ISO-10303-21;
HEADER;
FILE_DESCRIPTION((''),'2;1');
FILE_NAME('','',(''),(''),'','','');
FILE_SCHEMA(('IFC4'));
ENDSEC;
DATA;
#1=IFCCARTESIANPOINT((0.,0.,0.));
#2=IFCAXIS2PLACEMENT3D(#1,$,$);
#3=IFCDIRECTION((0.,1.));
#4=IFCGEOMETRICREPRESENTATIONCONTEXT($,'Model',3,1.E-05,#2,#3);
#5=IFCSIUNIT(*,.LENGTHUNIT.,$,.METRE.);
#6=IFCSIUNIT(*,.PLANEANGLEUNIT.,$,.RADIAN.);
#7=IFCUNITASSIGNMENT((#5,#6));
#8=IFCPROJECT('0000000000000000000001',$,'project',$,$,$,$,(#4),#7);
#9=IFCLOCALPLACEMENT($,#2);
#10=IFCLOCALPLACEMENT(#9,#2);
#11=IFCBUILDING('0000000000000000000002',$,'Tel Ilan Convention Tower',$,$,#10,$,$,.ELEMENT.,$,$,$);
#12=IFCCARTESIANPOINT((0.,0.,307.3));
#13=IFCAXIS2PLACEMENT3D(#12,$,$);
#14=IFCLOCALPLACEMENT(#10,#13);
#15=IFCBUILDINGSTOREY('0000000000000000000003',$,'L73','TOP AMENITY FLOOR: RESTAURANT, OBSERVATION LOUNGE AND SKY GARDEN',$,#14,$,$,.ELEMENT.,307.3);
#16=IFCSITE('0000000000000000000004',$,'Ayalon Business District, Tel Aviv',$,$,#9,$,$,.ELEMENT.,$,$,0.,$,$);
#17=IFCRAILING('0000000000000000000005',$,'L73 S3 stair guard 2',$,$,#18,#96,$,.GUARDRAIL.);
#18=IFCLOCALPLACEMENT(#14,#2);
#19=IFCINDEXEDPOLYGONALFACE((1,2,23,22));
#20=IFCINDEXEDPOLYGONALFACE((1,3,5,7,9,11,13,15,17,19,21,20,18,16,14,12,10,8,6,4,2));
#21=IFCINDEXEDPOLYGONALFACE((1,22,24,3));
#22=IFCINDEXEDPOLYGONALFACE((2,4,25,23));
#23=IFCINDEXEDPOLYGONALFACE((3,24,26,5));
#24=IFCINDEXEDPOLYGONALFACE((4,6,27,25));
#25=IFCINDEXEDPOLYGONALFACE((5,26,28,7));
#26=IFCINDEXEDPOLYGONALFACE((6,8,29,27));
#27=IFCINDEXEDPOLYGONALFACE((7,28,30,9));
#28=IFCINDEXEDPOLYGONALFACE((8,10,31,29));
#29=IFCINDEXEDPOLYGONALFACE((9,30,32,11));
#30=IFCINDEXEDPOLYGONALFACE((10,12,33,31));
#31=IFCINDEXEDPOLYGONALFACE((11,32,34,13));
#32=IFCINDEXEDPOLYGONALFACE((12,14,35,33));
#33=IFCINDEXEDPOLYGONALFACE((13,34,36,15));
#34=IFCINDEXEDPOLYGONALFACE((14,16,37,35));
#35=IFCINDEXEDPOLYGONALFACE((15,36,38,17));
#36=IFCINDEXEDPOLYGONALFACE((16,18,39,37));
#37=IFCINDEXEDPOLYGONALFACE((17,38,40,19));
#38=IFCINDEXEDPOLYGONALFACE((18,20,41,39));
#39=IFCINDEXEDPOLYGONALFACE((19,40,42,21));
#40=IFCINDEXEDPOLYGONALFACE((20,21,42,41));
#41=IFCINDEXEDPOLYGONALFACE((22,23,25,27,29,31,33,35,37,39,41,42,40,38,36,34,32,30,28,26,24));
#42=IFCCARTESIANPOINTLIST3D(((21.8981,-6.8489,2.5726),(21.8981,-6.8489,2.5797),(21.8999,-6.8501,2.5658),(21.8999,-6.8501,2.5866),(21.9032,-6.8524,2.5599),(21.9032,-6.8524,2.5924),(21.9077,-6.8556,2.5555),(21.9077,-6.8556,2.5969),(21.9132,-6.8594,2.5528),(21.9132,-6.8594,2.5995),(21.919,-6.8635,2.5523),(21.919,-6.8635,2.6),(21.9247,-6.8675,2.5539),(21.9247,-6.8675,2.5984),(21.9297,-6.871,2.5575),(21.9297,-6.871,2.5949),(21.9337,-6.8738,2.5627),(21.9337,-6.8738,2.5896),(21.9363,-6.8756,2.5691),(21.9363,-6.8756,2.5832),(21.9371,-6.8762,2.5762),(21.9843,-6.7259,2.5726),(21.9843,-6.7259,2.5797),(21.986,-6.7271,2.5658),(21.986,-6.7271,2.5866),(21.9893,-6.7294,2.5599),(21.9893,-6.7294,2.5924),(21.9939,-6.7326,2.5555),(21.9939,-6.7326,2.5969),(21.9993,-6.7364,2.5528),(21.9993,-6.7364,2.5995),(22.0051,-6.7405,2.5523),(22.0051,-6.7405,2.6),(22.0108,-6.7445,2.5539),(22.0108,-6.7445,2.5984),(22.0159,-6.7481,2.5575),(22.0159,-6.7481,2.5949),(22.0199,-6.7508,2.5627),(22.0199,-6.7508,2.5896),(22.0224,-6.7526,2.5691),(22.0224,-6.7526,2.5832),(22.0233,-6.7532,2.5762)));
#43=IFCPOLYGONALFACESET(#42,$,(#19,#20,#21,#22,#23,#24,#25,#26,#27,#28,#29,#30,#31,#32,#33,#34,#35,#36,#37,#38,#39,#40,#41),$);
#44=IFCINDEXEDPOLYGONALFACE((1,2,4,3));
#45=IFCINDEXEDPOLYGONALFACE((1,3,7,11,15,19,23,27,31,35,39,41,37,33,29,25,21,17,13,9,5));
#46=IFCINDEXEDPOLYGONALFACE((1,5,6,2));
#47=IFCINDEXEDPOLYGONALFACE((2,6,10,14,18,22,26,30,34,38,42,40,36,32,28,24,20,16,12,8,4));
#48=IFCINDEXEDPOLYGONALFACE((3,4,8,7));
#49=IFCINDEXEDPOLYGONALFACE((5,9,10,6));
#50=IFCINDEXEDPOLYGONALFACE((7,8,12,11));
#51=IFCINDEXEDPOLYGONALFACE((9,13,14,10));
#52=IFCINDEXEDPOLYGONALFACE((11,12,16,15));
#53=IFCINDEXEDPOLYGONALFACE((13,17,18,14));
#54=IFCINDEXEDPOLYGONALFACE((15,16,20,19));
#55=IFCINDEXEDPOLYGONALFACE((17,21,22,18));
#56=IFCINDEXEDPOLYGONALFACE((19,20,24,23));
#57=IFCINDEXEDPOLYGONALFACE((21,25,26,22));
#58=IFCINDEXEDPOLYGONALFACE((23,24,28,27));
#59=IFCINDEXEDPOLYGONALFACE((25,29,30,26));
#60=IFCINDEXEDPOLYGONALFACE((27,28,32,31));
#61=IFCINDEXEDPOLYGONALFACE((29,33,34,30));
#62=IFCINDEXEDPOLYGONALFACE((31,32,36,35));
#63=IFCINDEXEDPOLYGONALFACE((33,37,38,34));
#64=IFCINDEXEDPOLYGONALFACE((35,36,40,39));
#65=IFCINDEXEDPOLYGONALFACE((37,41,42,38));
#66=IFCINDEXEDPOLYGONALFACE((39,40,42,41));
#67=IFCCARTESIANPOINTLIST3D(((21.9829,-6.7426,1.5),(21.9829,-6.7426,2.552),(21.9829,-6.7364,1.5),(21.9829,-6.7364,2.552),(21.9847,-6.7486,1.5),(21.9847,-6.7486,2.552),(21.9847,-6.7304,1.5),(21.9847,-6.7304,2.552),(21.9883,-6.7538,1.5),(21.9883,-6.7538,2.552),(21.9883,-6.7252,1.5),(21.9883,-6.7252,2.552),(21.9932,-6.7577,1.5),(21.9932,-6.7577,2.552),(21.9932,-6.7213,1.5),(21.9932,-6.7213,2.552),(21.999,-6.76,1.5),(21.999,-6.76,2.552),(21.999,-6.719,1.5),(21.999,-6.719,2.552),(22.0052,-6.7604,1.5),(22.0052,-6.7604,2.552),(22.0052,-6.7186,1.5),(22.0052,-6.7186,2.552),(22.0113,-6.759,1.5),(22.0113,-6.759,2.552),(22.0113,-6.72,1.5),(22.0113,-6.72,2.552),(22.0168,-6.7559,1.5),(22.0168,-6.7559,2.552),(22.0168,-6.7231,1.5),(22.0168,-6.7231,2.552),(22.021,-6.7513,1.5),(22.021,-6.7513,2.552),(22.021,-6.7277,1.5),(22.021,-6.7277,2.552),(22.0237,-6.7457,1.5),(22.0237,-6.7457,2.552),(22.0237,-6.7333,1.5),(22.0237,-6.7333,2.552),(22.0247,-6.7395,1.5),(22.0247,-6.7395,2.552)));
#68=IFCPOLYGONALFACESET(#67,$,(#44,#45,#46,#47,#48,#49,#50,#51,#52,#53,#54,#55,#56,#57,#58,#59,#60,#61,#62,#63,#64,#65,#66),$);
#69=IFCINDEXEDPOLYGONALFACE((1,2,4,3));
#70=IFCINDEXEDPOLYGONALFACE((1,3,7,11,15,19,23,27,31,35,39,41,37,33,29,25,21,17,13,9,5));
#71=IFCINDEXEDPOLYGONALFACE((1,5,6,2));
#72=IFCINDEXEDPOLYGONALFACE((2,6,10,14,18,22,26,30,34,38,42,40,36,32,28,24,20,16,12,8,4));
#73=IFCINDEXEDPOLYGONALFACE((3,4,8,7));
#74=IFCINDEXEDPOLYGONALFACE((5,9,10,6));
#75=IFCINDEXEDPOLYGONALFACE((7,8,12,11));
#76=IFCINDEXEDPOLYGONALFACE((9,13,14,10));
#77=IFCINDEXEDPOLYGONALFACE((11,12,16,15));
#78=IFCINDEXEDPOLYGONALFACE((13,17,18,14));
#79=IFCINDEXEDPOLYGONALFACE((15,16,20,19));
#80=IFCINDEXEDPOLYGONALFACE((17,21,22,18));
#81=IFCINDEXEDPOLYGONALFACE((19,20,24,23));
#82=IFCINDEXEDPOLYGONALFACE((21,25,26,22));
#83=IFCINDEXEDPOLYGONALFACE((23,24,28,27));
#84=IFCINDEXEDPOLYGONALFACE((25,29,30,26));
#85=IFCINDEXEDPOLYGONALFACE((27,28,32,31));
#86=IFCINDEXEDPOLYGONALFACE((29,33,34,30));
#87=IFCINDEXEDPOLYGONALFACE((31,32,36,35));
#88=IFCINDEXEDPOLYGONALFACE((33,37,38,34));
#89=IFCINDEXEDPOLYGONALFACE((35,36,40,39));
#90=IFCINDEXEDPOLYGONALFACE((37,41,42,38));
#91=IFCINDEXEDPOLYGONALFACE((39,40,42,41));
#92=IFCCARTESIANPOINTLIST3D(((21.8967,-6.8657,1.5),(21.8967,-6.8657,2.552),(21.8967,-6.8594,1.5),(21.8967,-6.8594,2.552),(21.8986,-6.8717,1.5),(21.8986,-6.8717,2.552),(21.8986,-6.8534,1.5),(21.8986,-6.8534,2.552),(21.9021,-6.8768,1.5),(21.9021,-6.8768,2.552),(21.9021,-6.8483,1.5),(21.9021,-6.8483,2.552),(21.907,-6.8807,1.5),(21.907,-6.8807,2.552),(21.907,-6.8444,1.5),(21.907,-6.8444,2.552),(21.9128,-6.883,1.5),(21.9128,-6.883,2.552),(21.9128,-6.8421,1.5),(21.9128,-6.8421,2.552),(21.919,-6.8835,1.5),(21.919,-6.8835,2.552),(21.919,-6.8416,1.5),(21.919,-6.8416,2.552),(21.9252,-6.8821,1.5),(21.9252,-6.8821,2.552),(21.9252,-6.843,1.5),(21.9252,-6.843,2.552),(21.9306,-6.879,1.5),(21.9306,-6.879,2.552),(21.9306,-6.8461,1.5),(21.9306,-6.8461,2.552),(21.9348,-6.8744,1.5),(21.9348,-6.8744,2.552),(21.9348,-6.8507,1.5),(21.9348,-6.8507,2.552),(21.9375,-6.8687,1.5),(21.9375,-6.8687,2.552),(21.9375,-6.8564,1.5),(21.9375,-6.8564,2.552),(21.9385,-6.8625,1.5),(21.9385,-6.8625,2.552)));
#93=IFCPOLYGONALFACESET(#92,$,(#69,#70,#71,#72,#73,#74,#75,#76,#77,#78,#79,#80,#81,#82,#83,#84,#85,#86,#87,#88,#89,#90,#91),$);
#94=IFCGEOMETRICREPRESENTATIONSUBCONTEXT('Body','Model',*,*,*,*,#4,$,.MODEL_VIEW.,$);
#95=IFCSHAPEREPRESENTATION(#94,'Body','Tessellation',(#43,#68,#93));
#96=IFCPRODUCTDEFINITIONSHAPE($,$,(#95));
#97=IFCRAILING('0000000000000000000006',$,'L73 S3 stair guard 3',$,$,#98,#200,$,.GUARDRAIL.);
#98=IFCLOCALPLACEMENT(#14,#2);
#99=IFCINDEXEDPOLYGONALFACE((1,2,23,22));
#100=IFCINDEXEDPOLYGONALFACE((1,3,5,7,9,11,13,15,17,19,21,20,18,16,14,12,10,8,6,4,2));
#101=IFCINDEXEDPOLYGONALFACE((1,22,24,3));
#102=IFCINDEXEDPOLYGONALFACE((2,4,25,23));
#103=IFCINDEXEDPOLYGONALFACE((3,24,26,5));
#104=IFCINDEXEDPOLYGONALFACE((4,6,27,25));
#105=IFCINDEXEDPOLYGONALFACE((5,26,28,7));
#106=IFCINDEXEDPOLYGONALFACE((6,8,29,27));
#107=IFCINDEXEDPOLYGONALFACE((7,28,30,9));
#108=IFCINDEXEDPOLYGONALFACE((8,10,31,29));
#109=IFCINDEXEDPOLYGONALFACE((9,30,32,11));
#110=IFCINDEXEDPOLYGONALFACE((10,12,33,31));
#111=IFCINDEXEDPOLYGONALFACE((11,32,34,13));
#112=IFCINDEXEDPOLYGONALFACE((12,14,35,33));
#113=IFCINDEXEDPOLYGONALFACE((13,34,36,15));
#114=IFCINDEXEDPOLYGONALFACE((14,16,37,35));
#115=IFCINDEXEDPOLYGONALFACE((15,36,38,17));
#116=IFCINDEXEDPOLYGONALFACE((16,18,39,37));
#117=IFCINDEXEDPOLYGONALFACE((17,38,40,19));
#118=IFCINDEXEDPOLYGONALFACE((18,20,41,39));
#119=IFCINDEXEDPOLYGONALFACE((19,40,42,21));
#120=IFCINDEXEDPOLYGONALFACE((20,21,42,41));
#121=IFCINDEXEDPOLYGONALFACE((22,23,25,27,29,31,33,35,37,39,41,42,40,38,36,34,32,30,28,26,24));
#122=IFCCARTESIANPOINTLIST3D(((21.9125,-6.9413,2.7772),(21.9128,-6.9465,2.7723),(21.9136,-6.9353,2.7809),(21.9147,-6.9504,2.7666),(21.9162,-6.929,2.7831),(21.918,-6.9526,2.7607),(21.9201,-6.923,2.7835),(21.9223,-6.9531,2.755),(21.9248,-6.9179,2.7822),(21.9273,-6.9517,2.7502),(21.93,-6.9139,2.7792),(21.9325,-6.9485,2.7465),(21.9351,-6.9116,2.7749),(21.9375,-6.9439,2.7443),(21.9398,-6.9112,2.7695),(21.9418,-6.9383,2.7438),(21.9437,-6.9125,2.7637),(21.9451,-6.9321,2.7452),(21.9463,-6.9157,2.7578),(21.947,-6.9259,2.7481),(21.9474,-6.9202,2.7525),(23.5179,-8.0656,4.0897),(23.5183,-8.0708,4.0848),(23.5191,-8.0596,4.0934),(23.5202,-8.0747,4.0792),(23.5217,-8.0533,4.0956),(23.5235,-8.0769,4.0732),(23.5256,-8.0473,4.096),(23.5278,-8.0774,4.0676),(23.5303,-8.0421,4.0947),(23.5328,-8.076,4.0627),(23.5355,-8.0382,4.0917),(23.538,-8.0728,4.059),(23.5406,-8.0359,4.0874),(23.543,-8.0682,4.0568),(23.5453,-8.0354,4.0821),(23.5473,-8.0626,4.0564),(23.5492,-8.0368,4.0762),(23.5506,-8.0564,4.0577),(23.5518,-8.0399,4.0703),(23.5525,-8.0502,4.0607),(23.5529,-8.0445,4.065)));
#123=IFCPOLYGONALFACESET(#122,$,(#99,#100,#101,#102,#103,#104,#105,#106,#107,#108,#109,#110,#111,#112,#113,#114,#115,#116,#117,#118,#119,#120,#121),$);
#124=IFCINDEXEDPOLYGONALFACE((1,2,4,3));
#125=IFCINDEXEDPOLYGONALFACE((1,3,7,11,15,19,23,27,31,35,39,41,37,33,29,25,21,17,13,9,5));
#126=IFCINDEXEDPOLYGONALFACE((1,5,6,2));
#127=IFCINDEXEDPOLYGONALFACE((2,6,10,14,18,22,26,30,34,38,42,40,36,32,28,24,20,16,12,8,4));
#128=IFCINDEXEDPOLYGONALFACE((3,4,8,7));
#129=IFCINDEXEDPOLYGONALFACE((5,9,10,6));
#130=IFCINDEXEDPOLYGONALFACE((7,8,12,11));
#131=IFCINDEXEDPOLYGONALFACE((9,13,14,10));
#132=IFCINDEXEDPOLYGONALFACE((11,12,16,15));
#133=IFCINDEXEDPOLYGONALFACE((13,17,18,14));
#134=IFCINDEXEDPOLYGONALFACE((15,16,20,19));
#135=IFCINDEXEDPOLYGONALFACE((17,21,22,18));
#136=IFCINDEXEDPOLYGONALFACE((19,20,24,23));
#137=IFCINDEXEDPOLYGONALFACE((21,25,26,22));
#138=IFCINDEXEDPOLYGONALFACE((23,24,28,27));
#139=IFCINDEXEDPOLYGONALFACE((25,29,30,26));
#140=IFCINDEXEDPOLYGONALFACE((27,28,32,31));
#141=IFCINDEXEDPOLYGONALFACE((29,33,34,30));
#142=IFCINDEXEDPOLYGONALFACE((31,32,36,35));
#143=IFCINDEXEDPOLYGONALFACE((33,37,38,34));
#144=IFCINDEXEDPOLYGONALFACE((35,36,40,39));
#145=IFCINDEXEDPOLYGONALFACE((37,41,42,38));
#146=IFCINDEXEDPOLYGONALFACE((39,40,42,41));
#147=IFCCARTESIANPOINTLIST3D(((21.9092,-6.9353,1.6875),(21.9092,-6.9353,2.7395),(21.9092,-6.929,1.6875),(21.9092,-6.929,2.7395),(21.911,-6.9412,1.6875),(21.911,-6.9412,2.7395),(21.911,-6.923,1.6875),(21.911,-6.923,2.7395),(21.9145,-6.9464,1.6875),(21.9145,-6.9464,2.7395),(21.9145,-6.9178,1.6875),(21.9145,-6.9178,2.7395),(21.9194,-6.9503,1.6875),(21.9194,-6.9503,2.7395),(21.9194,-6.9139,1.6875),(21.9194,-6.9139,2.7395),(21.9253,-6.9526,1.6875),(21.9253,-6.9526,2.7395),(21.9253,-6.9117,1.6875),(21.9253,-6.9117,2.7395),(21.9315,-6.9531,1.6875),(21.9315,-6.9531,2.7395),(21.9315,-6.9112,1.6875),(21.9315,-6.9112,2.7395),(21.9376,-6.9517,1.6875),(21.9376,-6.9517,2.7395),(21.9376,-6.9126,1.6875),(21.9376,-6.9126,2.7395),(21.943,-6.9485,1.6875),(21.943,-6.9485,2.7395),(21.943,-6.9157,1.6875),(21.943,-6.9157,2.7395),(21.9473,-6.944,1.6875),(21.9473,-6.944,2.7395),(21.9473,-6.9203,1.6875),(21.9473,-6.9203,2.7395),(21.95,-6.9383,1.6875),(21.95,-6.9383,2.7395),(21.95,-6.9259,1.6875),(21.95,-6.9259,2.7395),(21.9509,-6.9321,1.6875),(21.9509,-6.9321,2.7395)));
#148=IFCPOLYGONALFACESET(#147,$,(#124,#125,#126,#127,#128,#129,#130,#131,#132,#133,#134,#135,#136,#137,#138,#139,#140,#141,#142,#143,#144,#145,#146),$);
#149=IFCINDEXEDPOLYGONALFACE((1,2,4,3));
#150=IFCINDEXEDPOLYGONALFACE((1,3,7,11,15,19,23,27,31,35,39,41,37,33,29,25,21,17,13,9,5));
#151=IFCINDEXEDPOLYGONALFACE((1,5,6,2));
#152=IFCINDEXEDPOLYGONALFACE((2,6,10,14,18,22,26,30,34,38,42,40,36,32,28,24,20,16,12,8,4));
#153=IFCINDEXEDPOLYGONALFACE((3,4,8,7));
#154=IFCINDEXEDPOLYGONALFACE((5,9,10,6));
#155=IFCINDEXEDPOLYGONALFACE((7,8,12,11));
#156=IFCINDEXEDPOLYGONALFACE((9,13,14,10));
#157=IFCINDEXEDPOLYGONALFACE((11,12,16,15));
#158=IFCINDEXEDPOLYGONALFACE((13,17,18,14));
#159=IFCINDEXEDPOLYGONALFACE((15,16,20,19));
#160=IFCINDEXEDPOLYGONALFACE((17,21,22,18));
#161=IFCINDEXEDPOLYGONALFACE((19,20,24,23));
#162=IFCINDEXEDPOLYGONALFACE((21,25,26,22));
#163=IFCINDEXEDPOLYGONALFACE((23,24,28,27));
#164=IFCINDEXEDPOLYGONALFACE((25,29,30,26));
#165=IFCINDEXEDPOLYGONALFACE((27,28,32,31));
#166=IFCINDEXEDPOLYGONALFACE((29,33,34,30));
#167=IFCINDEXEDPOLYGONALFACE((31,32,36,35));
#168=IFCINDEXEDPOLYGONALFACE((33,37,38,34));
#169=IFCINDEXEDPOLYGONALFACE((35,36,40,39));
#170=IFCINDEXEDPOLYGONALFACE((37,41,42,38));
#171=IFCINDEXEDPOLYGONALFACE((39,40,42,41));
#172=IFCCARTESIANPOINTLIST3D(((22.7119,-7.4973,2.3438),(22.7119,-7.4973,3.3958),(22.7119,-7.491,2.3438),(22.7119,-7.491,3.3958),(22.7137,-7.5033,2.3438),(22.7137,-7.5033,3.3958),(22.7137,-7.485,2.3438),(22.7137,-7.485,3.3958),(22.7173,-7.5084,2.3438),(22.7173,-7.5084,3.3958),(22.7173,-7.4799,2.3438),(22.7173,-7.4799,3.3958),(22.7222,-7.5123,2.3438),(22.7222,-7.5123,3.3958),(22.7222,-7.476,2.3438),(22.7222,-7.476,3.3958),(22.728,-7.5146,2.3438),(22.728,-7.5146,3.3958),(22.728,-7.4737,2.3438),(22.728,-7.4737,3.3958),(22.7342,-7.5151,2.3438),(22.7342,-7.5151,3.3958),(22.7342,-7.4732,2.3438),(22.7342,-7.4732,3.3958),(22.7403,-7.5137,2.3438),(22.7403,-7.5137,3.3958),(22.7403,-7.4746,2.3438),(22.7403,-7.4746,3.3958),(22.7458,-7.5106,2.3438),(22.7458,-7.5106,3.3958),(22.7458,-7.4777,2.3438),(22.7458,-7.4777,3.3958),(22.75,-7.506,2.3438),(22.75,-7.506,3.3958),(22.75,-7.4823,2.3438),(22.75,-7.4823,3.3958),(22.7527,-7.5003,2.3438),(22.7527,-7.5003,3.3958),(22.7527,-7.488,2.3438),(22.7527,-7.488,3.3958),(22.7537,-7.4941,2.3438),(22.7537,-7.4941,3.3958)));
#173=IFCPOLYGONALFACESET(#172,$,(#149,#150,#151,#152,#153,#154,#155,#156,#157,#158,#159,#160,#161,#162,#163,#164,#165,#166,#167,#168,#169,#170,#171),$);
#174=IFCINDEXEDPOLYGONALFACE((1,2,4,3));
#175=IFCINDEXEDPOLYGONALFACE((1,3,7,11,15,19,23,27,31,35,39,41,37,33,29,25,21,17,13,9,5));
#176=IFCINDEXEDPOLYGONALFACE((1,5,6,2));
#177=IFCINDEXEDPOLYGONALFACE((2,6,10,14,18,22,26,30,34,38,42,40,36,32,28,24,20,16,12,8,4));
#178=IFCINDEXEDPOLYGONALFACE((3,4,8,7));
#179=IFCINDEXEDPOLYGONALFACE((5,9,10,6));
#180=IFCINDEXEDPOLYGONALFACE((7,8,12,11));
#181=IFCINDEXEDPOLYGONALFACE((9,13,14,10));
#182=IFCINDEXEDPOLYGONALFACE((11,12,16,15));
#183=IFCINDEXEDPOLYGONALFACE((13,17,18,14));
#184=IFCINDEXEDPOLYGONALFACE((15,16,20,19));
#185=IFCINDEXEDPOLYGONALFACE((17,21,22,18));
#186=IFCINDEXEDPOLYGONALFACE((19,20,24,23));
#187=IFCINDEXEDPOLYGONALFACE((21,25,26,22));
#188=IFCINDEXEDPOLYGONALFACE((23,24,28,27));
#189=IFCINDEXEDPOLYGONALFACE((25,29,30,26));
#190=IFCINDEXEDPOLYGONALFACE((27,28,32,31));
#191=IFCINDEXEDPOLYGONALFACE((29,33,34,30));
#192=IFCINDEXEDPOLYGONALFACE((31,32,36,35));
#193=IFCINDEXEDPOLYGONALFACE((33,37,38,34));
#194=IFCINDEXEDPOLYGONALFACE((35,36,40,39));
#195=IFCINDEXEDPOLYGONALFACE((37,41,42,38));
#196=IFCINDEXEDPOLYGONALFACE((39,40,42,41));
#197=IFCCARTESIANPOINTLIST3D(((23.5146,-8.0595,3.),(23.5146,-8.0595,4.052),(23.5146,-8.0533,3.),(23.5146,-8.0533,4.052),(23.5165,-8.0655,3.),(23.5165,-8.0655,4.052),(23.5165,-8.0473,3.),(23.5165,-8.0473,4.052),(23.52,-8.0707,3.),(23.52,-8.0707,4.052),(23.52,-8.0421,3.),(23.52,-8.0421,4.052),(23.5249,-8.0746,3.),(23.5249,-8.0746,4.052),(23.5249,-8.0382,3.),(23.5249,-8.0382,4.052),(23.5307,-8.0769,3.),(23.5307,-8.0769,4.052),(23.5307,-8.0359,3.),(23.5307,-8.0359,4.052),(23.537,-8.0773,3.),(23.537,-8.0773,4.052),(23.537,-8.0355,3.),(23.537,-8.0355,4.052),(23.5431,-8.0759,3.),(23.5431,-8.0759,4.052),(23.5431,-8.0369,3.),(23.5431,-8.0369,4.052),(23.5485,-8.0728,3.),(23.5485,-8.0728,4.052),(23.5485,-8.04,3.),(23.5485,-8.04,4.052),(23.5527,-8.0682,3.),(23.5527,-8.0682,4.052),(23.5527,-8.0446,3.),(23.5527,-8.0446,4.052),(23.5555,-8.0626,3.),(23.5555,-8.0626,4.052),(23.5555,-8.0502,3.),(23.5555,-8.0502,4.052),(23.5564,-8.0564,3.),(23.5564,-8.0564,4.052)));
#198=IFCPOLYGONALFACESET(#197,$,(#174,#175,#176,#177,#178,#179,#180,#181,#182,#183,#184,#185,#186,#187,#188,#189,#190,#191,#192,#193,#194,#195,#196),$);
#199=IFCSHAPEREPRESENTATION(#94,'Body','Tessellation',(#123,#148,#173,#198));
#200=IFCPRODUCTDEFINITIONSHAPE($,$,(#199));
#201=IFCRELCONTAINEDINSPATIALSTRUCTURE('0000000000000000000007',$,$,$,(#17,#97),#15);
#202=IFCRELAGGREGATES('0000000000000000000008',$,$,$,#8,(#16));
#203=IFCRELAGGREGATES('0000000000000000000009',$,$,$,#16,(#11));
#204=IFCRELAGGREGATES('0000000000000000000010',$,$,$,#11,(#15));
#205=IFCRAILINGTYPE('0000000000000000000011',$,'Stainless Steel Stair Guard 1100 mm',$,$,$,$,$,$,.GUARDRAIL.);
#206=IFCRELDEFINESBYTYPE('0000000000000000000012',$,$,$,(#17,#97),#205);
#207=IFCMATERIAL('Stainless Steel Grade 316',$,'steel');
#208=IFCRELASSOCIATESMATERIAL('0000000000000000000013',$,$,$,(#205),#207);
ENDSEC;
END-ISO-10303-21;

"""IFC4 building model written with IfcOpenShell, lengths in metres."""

from ifc_helpers import new_model, si_unit, direction, frame, origin, origin_2d, place, context, subcontext, project, spatial, circle, extrude, material, type_object, element, save


model = new_model("IFC4")

# Units and contexts
model_context = context("Model", 3, precision=1e-05, world=origin(), true_north=direction((0.0, 1.0)))
body_context = subcontext(model_context, "Body", "Model", "MODEL_VIEW")
ifc_project = project(units=[si_unit("LENGTHUNIT", "METRE"), si_unit("PLANEANGLEUNIT", "RADIAN")], contexts=[model_context])

# Site, building, storey
site_placement = place(None, origin())
site = spatial("IfcSite", under=ifc_project, at=site_placement, Name="Ayalon Business District, Tel Aviv", CompositionType="ELEMENT", RefElevation=0.0)
building_placement = place(site_placement, origin())
building = spatial("IfcBuilding", under=site, at=building_placement, Name="Tel Ilan Convention Tower", CompositionType="ELEMENT")
storey_placement = place(building_placement, frame((0.0, 0.0, 307.3)))
storey = spatial("IfcBuildingStorey", under=building, at=storey_placement, Name="L73", Description="TOP AMENITY FLOOR: RESTAURANT, OBSERVATION LOUNGE AND SKY GARDEN", CompositionType="ELEMENT", Elevation=307.3)

# Railings
ifc_material_1 = material(Name="Stainless Steel Grade 316", Category="steel")
railing_type_1 = type_object("IfcRailingType", Name="Stainless Steel Stair Guard 1100 mm", PredefinedType="GUARDRAIL", material=ifc_material_1)
railing_1_placement = place(storey_placement, frame((22.0037, -6.7395, 1.5)))
element("IfcRailing", 1, at=railing_1_placement, inside=storey, type_object=railing_type_1, Name="L73 S3 stair guard 2", PredefinedType="GUARDRAIL", context=body_context, shape_type="SweptSolid", body=[
    extrude(circle(Radius=0.0239, at=origin_2d()), frame((0.0, 0.0, 1.0762), z_axis=(-0.57368, -0.819079, 0.0), x_axis=(0.819079, -0.57368, 0.0)), (0.0, 0.0, 1.0), 0.1501),
    extrude(circle(Radius=0.021, at=origin_2d()), origin(), (0.0, 0.0, 1.0), 1.052),
    extrude(circle(Radius=0.021, at=origin_2d()), frame((-0.0862, -0.123, 0.0)), (0.0, 0.0, 1.0), 1.052),
])
railing_2_placement = place(storey_placement, frame((21.9299, -6.9321, 1.6875)))
element("IfcRailing", 2, at=railing_2_placement, inside=storey, type_object=railing_type_1, Name="L73 S3 stair guard 3", PredefinedType="GUARDRAIL", context=body_context, shape_type="SweptSolid", body=[
    extrude(circle(Radius=0.0239, at=origin_2d()), frame((0.0, 0.0, 1.0762), z_axis=(0.680616, -0.476617, 0.556416), x_axis=(0.573613, 0.819127, 0.0)), (0.0, 0.0, 1.0), 2.3589),
    extrude(circle(Radius=0.021, at=origin_2d()), origin(), (0.0, 0.0, 1.0), 1.052),
    extrude(circle(Radius=0.021, at=origin_2d()), frame((0.8027, -0.562, 0.6562)), (0.0, 0.0, 1.0), 1.052),
    extrude(circle(Radius=0.021, at=origin_2d()), frame((1.6055, -1.1243, 1.3125)), (0.0, 0.0, 1.0), 1.052),
])

save(model, "model.ifc")
